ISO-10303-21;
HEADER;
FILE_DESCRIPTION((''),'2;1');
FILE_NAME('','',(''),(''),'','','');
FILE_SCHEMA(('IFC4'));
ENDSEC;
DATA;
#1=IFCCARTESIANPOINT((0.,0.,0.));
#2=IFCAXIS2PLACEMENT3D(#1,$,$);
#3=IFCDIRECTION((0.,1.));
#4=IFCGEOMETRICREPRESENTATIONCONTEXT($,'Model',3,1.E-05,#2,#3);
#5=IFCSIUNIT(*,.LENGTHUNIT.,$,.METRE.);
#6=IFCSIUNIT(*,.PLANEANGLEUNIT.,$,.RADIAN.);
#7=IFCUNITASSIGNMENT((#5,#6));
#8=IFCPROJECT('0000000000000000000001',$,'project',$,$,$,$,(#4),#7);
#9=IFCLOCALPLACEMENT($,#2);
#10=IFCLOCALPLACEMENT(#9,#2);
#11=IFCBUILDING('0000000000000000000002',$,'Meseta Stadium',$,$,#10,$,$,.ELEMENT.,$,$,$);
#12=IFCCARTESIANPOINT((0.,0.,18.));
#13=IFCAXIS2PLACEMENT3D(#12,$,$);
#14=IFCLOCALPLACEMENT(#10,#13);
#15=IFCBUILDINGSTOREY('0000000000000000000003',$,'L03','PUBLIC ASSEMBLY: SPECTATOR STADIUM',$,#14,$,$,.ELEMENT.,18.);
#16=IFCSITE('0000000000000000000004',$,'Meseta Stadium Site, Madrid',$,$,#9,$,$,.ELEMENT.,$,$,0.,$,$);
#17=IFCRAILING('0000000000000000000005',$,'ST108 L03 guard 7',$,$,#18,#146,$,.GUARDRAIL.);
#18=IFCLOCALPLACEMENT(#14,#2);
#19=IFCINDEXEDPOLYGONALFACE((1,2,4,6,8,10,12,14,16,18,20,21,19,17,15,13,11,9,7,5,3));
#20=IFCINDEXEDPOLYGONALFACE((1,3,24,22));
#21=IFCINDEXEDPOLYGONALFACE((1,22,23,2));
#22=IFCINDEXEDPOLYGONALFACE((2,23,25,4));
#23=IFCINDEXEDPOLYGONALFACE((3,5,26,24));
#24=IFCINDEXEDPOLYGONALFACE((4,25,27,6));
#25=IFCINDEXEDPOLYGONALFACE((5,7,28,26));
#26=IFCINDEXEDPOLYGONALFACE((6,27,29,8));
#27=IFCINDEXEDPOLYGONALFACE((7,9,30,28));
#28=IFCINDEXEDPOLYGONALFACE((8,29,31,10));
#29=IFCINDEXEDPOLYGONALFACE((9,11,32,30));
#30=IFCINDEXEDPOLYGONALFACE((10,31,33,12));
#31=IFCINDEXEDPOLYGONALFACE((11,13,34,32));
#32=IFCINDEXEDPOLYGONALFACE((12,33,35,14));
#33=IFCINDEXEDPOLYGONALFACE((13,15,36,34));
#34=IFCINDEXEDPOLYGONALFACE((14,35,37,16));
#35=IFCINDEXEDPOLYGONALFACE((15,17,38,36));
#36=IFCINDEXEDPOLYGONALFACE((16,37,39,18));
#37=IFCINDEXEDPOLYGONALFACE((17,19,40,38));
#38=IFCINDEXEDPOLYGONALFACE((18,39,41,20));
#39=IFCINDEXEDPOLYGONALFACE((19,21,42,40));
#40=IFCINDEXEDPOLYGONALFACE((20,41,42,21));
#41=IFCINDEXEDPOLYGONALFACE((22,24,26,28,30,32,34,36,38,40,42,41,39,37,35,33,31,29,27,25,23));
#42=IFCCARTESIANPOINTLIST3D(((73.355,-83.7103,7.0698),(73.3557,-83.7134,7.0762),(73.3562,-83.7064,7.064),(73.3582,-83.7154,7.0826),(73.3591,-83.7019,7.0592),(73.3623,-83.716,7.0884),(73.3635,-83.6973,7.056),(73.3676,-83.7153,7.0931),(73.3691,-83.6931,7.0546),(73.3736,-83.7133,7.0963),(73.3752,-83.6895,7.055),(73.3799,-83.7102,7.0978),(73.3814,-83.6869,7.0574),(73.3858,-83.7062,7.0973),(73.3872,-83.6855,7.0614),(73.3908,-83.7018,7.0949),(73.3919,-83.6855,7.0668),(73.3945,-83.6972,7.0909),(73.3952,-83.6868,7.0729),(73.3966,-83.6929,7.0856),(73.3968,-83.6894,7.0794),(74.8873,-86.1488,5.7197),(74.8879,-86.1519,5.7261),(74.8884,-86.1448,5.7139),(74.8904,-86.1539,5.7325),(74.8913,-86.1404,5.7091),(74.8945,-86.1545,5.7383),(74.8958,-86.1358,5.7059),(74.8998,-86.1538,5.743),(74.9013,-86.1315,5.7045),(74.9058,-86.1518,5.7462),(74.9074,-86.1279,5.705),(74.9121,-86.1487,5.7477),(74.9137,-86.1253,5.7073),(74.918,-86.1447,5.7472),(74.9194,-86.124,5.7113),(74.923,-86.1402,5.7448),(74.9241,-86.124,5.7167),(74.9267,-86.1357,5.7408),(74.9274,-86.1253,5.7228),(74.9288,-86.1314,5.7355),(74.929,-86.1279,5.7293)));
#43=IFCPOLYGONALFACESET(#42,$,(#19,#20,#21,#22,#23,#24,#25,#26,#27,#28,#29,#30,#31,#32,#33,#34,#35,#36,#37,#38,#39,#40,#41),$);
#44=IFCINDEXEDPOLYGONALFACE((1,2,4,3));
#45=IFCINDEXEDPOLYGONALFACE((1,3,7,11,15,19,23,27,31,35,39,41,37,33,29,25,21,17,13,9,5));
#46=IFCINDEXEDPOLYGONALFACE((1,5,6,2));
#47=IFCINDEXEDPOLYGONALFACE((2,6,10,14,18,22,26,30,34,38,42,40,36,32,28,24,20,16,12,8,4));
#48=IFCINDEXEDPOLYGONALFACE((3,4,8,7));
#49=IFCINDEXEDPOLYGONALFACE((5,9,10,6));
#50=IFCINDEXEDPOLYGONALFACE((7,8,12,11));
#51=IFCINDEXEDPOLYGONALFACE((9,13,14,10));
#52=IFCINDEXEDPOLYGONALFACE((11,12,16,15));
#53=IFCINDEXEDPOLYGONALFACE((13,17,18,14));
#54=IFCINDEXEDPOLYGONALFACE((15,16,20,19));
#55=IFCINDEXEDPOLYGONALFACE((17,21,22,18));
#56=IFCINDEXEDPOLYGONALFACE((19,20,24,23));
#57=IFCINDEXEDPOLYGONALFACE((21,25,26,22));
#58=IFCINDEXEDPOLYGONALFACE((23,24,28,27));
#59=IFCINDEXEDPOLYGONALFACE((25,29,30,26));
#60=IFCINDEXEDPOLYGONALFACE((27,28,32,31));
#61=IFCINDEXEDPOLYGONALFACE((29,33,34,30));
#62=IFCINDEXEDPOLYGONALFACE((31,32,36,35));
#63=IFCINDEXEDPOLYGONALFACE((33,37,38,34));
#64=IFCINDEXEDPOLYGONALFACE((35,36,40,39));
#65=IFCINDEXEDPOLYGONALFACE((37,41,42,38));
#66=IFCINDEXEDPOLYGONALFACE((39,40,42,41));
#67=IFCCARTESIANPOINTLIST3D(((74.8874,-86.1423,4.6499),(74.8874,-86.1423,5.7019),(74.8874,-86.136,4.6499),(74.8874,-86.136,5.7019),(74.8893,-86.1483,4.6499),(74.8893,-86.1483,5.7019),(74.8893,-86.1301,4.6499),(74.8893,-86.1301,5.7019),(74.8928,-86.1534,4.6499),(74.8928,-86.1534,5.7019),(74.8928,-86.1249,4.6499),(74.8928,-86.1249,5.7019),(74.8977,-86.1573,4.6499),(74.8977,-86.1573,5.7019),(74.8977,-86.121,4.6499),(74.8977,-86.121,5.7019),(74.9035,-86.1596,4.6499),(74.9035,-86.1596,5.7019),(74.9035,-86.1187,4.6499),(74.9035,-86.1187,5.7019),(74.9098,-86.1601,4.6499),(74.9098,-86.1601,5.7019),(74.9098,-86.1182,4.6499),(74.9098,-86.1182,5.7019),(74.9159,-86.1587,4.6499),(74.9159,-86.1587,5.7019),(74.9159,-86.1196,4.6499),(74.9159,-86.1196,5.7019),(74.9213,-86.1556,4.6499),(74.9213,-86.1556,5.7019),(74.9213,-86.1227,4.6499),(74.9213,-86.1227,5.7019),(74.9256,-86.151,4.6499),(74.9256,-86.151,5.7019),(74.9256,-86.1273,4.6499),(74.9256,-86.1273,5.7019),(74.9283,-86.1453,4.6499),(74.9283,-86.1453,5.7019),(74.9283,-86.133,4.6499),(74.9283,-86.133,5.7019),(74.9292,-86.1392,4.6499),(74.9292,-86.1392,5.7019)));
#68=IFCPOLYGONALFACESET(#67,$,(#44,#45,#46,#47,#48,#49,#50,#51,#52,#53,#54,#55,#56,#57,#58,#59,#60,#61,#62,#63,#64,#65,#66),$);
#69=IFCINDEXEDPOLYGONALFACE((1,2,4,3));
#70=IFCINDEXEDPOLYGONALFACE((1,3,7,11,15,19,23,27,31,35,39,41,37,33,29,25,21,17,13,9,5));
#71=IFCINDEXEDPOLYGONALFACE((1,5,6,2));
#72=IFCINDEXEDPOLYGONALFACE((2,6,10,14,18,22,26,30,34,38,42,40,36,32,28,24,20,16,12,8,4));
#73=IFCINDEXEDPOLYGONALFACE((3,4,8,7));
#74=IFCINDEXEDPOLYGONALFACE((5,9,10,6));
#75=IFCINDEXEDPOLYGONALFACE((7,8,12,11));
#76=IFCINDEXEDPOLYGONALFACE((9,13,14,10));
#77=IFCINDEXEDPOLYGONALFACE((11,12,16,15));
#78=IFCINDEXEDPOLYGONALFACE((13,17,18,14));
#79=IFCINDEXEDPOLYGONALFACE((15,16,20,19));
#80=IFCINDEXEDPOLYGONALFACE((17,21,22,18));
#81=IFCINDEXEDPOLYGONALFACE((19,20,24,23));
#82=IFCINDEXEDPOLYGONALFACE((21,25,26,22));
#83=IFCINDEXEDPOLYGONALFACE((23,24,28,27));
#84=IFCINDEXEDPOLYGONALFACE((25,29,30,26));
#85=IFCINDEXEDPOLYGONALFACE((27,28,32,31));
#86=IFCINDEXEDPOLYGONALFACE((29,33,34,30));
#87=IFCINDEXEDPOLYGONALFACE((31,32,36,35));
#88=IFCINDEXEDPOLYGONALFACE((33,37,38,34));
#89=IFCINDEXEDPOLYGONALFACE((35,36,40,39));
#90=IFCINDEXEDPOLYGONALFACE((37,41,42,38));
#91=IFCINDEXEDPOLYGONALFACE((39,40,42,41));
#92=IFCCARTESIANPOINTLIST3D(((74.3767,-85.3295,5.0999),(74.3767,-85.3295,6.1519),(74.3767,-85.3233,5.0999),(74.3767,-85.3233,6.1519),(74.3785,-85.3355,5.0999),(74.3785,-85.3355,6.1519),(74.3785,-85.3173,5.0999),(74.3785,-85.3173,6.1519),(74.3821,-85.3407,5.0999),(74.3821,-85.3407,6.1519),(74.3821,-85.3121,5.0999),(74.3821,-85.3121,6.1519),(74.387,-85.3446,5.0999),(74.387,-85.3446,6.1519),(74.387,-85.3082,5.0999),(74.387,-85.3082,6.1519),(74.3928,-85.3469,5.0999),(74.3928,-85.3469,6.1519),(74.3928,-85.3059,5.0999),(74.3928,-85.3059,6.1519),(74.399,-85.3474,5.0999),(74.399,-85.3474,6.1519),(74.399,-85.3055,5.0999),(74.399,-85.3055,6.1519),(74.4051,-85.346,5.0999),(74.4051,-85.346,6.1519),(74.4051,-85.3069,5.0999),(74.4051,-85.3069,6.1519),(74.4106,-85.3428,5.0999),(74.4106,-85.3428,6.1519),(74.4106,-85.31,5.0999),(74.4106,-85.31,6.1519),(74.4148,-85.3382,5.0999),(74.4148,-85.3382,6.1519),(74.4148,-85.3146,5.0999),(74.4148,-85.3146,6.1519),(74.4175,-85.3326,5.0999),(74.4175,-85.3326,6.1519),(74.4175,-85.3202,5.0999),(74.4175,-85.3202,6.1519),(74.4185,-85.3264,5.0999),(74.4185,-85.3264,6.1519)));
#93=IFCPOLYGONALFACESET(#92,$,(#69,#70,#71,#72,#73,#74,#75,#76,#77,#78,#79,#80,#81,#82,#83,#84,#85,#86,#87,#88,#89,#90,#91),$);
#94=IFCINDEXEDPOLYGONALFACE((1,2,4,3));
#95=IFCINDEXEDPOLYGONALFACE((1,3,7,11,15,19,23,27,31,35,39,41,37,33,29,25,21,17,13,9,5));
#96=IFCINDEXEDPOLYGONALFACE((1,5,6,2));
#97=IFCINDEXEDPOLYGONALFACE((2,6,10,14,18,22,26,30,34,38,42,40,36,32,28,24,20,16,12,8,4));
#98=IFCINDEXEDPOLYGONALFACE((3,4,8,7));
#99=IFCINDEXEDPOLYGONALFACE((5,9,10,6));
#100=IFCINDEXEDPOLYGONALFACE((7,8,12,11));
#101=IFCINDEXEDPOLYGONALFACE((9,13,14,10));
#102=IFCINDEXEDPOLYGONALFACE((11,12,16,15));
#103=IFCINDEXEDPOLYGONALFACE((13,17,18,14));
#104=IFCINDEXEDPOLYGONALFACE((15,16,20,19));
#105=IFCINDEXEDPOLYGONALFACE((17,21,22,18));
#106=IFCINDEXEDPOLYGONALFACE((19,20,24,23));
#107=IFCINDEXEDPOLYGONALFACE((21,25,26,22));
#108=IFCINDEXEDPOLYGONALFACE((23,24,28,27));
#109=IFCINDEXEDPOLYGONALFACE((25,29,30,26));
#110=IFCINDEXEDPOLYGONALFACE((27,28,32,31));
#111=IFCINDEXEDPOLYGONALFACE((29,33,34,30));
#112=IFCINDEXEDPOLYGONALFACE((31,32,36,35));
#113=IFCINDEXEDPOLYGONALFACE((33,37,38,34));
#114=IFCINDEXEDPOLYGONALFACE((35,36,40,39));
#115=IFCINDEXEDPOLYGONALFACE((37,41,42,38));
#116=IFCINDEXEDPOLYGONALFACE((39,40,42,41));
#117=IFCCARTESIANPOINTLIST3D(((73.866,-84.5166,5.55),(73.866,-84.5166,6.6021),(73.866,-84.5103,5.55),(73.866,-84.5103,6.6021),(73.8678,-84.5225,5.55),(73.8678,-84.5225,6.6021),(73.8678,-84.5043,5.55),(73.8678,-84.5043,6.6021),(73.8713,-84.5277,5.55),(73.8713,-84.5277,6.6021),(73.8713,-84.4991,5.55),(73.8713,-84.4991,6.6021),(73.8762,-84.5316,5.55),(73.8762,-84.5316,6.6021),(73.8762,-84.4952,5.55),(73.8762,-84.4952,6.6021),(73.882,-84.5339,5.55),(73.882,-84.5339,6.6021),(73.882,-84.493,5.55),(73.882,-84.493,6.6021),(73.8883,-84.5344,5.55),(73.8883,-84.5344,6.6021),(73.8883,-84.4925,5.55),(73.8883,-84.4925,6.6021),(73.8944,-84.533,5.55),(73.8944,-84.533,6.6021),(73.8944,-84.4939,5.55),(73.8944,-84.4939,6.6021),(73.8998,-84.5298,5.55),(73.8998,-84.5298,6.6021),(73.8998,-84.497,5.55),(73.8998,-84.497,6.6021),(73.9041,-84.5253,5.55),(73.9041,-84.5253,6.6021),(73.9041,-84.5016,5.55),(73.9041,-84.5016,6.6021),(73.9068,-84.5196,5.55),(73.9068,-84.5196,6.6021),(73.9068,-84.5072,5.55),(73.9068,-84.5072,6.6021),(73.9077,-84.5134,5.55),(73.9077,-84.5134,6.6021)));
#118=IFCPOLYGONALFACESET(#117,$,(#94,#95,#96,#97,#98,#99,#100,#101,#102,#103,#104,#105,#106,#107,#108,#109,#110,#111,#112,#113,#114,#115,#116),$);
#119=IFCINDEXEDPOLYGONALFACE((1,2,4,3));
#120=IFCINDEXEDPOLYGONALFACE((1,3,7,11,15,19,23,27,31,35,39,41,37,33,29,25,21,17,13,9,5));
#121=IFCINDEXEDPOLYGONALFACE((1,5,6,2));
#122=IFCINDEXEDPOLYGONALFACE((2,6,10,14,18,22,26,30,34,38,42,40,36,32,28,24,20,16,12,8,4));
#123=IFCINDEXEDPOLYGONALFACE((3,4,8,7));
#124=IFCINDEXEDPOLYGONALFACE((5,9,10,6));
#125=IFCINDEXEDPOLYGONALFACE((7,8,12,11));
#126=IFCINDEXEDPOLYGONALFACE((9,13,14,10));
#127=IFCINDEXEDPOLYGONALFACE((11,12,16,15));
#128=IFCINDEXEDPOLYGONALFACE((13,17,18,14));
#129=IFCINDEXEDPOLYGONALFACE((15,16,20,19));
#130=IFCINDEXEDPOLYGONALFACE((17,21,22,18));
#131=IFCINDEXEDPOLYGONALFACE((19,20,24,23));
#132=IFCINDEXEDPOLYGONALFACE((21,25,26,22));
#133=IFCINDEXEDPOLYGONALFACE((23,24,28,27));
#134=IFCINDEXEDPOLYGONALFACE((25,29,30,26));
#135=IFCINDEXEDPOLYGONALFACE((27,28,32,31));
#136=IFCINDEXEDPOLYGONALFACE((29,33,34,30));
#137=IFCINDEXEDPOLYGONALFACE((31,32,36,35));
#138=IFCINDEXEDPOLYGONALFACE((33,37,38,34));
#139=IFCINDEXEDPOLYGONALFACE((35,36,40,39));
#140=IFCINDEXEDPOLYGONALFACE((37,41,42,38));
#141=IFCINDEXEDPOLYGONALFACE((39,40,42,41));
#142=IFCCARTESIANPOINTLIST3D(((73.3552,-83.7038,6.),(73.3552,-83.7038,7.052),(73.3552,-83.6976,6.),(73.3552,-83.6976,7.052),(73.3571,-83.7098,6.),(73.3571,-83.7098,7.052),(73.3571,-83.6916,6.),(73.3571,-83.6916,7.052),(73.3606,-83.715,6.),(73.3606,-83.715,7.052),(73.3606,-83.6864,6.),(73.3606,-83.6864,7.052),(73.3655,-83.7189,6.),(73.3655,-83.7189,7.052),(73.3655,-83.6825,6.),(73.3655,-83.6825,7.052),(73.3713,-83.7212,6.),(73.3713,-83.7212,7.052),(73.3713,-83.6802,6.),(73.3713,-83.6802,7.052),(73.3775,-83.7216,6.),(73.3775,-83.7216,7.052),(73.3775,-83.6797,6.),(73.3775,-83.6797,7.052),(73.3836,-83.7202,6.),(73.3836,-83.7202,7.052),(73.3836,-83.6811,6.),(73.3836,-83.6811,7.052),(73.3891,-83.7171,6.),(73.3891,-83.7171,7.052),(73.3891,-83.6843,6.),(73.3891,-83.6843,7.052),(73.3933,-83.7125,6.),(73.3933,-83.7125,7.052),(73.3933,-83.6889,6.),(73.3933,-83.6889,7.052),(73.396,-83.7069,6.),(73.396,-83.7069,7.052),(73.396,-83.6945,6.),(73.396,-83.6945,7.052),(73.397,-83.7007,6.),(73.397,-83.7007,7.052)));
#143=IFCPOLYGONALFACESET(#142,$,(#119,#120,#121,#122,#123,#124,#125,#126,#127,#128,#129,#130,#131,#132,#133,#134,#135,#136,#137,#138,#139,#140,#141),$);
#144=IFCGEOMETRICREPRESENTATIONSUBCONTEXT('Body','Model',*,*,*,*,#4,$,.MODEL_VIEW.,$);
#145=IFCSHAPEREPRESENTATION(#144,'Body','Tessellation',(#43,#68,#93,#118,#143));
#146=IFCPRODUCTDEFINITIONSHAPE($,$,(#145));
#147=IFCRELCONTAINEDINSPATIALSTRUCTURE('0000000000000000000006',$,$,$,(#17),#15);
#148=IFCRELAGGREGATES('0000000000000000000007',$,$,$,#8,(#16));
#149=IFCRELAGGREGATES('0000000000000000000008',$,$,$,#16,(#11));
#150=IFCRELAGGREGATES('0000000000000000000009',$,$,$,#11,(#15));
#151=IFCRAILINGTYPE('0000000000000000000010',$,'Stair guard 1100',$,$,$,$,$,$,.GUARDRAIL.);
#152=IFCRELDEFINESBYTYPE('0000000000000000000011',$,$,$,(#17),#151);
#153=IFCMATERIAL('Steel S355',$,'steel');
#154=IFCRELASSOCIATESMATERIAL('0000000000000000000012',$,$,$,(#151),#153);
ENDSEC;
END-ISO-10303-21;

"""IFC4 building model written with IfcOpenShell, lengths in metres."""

from ifc_helpers import new_model, si_unit, direction, frame, origin, origin_2d, place, context, subcontext, project, spatial, circle, extrude, material, type_object, element, save


model = new_model("IFC4")

# Units and contexts
model_context = context("Model", 3, precision=1e-05, world=origin(), true_north=direction((0.0, 1.0)))
body_context = subcontext(model_context, "Body", "Model", "MODEL_VIEW")
ifc_project = project(units=[si_unit("LENGTHUNIT", "METRE"), si_unit("PLANEANGLEUNIT", "RADIAN")], contexts=[model_context])

# Site, building, storey
site_placement = place(None, origin())
site = spatial("IfcSite", under=ifc_project, at=site_placement, Name="Meseta Stadium Site, Madrid", CompositionType="ELEMENT", RefElevation=0.0)
building_placement = place(site_placement, origin())
building = spatial("IfcBuilding", under=site, at=building_placement, Name="Meseta Stadium", CompositionType="ELEMENT")
storey_placement = place(building_placement, frame((0.0, 0.0, 18.0)))
storey = spatial("IfcBuildingStorey", under=building, at=storey_placement, Name="L03", Description="PUBLIC ASSEMBLY: SPECTATOR STADIUM", CompositionType="ELEMENT", Elevation=18.0)

# Railing
ifc_material_1 = material(Name="Steel S355", Category="steel")
railing_type_1 = type_object("IfcRailingType", Name="Stair guard 1100", PredefinedType="GUARDRAIL", material=ifc_material_1)
railing_1_placement = place(storey_placement, frame((74.9082, -86.1392, 4.6499)))
element("IfcRailing", 1, at=railing_1_placement, inside=storey, type_object=railing_type_1, Name="ST108 L03 guard 7", PredefinedType="GUARDRAIL", context=body_context, shape_type="SweptSolid", body=[
    extrude(circle(Radius=0.0239, at=origin_2d()), frame((0.0, 0.0, 1.0762), z_axis=(-0.481731, 0.766655, 0.42447), x_axis=(-0.846719, -0.53204, 0.0)), (0.0, 0.0, 1.0), 3.1807),
    extrude(circle(Radius=0.021, at=origin_2d()), origin(), (0.0, 0.0, 1.0), 1.052),
    extrude(circle(Radius=0.021, at=origin_2d()), frame((-0.5107, 0.8127, 0.45)), (0.0, 0.0, 1.0), 1.052),
    extrude(circle(Radius=0.021, at=origin_2d()), frame((-1.0215, 1.6257, 0.9001)), (0.0, 0.0, 1.0), 1.052),
    extrude(circle(Radius=0.021, at=origin_2d()), frame((-1.5322, 2.4385, 1.3501)), (0.0, 0.0, 1.0), 1.052),
])

save(model, "model.ifc")
